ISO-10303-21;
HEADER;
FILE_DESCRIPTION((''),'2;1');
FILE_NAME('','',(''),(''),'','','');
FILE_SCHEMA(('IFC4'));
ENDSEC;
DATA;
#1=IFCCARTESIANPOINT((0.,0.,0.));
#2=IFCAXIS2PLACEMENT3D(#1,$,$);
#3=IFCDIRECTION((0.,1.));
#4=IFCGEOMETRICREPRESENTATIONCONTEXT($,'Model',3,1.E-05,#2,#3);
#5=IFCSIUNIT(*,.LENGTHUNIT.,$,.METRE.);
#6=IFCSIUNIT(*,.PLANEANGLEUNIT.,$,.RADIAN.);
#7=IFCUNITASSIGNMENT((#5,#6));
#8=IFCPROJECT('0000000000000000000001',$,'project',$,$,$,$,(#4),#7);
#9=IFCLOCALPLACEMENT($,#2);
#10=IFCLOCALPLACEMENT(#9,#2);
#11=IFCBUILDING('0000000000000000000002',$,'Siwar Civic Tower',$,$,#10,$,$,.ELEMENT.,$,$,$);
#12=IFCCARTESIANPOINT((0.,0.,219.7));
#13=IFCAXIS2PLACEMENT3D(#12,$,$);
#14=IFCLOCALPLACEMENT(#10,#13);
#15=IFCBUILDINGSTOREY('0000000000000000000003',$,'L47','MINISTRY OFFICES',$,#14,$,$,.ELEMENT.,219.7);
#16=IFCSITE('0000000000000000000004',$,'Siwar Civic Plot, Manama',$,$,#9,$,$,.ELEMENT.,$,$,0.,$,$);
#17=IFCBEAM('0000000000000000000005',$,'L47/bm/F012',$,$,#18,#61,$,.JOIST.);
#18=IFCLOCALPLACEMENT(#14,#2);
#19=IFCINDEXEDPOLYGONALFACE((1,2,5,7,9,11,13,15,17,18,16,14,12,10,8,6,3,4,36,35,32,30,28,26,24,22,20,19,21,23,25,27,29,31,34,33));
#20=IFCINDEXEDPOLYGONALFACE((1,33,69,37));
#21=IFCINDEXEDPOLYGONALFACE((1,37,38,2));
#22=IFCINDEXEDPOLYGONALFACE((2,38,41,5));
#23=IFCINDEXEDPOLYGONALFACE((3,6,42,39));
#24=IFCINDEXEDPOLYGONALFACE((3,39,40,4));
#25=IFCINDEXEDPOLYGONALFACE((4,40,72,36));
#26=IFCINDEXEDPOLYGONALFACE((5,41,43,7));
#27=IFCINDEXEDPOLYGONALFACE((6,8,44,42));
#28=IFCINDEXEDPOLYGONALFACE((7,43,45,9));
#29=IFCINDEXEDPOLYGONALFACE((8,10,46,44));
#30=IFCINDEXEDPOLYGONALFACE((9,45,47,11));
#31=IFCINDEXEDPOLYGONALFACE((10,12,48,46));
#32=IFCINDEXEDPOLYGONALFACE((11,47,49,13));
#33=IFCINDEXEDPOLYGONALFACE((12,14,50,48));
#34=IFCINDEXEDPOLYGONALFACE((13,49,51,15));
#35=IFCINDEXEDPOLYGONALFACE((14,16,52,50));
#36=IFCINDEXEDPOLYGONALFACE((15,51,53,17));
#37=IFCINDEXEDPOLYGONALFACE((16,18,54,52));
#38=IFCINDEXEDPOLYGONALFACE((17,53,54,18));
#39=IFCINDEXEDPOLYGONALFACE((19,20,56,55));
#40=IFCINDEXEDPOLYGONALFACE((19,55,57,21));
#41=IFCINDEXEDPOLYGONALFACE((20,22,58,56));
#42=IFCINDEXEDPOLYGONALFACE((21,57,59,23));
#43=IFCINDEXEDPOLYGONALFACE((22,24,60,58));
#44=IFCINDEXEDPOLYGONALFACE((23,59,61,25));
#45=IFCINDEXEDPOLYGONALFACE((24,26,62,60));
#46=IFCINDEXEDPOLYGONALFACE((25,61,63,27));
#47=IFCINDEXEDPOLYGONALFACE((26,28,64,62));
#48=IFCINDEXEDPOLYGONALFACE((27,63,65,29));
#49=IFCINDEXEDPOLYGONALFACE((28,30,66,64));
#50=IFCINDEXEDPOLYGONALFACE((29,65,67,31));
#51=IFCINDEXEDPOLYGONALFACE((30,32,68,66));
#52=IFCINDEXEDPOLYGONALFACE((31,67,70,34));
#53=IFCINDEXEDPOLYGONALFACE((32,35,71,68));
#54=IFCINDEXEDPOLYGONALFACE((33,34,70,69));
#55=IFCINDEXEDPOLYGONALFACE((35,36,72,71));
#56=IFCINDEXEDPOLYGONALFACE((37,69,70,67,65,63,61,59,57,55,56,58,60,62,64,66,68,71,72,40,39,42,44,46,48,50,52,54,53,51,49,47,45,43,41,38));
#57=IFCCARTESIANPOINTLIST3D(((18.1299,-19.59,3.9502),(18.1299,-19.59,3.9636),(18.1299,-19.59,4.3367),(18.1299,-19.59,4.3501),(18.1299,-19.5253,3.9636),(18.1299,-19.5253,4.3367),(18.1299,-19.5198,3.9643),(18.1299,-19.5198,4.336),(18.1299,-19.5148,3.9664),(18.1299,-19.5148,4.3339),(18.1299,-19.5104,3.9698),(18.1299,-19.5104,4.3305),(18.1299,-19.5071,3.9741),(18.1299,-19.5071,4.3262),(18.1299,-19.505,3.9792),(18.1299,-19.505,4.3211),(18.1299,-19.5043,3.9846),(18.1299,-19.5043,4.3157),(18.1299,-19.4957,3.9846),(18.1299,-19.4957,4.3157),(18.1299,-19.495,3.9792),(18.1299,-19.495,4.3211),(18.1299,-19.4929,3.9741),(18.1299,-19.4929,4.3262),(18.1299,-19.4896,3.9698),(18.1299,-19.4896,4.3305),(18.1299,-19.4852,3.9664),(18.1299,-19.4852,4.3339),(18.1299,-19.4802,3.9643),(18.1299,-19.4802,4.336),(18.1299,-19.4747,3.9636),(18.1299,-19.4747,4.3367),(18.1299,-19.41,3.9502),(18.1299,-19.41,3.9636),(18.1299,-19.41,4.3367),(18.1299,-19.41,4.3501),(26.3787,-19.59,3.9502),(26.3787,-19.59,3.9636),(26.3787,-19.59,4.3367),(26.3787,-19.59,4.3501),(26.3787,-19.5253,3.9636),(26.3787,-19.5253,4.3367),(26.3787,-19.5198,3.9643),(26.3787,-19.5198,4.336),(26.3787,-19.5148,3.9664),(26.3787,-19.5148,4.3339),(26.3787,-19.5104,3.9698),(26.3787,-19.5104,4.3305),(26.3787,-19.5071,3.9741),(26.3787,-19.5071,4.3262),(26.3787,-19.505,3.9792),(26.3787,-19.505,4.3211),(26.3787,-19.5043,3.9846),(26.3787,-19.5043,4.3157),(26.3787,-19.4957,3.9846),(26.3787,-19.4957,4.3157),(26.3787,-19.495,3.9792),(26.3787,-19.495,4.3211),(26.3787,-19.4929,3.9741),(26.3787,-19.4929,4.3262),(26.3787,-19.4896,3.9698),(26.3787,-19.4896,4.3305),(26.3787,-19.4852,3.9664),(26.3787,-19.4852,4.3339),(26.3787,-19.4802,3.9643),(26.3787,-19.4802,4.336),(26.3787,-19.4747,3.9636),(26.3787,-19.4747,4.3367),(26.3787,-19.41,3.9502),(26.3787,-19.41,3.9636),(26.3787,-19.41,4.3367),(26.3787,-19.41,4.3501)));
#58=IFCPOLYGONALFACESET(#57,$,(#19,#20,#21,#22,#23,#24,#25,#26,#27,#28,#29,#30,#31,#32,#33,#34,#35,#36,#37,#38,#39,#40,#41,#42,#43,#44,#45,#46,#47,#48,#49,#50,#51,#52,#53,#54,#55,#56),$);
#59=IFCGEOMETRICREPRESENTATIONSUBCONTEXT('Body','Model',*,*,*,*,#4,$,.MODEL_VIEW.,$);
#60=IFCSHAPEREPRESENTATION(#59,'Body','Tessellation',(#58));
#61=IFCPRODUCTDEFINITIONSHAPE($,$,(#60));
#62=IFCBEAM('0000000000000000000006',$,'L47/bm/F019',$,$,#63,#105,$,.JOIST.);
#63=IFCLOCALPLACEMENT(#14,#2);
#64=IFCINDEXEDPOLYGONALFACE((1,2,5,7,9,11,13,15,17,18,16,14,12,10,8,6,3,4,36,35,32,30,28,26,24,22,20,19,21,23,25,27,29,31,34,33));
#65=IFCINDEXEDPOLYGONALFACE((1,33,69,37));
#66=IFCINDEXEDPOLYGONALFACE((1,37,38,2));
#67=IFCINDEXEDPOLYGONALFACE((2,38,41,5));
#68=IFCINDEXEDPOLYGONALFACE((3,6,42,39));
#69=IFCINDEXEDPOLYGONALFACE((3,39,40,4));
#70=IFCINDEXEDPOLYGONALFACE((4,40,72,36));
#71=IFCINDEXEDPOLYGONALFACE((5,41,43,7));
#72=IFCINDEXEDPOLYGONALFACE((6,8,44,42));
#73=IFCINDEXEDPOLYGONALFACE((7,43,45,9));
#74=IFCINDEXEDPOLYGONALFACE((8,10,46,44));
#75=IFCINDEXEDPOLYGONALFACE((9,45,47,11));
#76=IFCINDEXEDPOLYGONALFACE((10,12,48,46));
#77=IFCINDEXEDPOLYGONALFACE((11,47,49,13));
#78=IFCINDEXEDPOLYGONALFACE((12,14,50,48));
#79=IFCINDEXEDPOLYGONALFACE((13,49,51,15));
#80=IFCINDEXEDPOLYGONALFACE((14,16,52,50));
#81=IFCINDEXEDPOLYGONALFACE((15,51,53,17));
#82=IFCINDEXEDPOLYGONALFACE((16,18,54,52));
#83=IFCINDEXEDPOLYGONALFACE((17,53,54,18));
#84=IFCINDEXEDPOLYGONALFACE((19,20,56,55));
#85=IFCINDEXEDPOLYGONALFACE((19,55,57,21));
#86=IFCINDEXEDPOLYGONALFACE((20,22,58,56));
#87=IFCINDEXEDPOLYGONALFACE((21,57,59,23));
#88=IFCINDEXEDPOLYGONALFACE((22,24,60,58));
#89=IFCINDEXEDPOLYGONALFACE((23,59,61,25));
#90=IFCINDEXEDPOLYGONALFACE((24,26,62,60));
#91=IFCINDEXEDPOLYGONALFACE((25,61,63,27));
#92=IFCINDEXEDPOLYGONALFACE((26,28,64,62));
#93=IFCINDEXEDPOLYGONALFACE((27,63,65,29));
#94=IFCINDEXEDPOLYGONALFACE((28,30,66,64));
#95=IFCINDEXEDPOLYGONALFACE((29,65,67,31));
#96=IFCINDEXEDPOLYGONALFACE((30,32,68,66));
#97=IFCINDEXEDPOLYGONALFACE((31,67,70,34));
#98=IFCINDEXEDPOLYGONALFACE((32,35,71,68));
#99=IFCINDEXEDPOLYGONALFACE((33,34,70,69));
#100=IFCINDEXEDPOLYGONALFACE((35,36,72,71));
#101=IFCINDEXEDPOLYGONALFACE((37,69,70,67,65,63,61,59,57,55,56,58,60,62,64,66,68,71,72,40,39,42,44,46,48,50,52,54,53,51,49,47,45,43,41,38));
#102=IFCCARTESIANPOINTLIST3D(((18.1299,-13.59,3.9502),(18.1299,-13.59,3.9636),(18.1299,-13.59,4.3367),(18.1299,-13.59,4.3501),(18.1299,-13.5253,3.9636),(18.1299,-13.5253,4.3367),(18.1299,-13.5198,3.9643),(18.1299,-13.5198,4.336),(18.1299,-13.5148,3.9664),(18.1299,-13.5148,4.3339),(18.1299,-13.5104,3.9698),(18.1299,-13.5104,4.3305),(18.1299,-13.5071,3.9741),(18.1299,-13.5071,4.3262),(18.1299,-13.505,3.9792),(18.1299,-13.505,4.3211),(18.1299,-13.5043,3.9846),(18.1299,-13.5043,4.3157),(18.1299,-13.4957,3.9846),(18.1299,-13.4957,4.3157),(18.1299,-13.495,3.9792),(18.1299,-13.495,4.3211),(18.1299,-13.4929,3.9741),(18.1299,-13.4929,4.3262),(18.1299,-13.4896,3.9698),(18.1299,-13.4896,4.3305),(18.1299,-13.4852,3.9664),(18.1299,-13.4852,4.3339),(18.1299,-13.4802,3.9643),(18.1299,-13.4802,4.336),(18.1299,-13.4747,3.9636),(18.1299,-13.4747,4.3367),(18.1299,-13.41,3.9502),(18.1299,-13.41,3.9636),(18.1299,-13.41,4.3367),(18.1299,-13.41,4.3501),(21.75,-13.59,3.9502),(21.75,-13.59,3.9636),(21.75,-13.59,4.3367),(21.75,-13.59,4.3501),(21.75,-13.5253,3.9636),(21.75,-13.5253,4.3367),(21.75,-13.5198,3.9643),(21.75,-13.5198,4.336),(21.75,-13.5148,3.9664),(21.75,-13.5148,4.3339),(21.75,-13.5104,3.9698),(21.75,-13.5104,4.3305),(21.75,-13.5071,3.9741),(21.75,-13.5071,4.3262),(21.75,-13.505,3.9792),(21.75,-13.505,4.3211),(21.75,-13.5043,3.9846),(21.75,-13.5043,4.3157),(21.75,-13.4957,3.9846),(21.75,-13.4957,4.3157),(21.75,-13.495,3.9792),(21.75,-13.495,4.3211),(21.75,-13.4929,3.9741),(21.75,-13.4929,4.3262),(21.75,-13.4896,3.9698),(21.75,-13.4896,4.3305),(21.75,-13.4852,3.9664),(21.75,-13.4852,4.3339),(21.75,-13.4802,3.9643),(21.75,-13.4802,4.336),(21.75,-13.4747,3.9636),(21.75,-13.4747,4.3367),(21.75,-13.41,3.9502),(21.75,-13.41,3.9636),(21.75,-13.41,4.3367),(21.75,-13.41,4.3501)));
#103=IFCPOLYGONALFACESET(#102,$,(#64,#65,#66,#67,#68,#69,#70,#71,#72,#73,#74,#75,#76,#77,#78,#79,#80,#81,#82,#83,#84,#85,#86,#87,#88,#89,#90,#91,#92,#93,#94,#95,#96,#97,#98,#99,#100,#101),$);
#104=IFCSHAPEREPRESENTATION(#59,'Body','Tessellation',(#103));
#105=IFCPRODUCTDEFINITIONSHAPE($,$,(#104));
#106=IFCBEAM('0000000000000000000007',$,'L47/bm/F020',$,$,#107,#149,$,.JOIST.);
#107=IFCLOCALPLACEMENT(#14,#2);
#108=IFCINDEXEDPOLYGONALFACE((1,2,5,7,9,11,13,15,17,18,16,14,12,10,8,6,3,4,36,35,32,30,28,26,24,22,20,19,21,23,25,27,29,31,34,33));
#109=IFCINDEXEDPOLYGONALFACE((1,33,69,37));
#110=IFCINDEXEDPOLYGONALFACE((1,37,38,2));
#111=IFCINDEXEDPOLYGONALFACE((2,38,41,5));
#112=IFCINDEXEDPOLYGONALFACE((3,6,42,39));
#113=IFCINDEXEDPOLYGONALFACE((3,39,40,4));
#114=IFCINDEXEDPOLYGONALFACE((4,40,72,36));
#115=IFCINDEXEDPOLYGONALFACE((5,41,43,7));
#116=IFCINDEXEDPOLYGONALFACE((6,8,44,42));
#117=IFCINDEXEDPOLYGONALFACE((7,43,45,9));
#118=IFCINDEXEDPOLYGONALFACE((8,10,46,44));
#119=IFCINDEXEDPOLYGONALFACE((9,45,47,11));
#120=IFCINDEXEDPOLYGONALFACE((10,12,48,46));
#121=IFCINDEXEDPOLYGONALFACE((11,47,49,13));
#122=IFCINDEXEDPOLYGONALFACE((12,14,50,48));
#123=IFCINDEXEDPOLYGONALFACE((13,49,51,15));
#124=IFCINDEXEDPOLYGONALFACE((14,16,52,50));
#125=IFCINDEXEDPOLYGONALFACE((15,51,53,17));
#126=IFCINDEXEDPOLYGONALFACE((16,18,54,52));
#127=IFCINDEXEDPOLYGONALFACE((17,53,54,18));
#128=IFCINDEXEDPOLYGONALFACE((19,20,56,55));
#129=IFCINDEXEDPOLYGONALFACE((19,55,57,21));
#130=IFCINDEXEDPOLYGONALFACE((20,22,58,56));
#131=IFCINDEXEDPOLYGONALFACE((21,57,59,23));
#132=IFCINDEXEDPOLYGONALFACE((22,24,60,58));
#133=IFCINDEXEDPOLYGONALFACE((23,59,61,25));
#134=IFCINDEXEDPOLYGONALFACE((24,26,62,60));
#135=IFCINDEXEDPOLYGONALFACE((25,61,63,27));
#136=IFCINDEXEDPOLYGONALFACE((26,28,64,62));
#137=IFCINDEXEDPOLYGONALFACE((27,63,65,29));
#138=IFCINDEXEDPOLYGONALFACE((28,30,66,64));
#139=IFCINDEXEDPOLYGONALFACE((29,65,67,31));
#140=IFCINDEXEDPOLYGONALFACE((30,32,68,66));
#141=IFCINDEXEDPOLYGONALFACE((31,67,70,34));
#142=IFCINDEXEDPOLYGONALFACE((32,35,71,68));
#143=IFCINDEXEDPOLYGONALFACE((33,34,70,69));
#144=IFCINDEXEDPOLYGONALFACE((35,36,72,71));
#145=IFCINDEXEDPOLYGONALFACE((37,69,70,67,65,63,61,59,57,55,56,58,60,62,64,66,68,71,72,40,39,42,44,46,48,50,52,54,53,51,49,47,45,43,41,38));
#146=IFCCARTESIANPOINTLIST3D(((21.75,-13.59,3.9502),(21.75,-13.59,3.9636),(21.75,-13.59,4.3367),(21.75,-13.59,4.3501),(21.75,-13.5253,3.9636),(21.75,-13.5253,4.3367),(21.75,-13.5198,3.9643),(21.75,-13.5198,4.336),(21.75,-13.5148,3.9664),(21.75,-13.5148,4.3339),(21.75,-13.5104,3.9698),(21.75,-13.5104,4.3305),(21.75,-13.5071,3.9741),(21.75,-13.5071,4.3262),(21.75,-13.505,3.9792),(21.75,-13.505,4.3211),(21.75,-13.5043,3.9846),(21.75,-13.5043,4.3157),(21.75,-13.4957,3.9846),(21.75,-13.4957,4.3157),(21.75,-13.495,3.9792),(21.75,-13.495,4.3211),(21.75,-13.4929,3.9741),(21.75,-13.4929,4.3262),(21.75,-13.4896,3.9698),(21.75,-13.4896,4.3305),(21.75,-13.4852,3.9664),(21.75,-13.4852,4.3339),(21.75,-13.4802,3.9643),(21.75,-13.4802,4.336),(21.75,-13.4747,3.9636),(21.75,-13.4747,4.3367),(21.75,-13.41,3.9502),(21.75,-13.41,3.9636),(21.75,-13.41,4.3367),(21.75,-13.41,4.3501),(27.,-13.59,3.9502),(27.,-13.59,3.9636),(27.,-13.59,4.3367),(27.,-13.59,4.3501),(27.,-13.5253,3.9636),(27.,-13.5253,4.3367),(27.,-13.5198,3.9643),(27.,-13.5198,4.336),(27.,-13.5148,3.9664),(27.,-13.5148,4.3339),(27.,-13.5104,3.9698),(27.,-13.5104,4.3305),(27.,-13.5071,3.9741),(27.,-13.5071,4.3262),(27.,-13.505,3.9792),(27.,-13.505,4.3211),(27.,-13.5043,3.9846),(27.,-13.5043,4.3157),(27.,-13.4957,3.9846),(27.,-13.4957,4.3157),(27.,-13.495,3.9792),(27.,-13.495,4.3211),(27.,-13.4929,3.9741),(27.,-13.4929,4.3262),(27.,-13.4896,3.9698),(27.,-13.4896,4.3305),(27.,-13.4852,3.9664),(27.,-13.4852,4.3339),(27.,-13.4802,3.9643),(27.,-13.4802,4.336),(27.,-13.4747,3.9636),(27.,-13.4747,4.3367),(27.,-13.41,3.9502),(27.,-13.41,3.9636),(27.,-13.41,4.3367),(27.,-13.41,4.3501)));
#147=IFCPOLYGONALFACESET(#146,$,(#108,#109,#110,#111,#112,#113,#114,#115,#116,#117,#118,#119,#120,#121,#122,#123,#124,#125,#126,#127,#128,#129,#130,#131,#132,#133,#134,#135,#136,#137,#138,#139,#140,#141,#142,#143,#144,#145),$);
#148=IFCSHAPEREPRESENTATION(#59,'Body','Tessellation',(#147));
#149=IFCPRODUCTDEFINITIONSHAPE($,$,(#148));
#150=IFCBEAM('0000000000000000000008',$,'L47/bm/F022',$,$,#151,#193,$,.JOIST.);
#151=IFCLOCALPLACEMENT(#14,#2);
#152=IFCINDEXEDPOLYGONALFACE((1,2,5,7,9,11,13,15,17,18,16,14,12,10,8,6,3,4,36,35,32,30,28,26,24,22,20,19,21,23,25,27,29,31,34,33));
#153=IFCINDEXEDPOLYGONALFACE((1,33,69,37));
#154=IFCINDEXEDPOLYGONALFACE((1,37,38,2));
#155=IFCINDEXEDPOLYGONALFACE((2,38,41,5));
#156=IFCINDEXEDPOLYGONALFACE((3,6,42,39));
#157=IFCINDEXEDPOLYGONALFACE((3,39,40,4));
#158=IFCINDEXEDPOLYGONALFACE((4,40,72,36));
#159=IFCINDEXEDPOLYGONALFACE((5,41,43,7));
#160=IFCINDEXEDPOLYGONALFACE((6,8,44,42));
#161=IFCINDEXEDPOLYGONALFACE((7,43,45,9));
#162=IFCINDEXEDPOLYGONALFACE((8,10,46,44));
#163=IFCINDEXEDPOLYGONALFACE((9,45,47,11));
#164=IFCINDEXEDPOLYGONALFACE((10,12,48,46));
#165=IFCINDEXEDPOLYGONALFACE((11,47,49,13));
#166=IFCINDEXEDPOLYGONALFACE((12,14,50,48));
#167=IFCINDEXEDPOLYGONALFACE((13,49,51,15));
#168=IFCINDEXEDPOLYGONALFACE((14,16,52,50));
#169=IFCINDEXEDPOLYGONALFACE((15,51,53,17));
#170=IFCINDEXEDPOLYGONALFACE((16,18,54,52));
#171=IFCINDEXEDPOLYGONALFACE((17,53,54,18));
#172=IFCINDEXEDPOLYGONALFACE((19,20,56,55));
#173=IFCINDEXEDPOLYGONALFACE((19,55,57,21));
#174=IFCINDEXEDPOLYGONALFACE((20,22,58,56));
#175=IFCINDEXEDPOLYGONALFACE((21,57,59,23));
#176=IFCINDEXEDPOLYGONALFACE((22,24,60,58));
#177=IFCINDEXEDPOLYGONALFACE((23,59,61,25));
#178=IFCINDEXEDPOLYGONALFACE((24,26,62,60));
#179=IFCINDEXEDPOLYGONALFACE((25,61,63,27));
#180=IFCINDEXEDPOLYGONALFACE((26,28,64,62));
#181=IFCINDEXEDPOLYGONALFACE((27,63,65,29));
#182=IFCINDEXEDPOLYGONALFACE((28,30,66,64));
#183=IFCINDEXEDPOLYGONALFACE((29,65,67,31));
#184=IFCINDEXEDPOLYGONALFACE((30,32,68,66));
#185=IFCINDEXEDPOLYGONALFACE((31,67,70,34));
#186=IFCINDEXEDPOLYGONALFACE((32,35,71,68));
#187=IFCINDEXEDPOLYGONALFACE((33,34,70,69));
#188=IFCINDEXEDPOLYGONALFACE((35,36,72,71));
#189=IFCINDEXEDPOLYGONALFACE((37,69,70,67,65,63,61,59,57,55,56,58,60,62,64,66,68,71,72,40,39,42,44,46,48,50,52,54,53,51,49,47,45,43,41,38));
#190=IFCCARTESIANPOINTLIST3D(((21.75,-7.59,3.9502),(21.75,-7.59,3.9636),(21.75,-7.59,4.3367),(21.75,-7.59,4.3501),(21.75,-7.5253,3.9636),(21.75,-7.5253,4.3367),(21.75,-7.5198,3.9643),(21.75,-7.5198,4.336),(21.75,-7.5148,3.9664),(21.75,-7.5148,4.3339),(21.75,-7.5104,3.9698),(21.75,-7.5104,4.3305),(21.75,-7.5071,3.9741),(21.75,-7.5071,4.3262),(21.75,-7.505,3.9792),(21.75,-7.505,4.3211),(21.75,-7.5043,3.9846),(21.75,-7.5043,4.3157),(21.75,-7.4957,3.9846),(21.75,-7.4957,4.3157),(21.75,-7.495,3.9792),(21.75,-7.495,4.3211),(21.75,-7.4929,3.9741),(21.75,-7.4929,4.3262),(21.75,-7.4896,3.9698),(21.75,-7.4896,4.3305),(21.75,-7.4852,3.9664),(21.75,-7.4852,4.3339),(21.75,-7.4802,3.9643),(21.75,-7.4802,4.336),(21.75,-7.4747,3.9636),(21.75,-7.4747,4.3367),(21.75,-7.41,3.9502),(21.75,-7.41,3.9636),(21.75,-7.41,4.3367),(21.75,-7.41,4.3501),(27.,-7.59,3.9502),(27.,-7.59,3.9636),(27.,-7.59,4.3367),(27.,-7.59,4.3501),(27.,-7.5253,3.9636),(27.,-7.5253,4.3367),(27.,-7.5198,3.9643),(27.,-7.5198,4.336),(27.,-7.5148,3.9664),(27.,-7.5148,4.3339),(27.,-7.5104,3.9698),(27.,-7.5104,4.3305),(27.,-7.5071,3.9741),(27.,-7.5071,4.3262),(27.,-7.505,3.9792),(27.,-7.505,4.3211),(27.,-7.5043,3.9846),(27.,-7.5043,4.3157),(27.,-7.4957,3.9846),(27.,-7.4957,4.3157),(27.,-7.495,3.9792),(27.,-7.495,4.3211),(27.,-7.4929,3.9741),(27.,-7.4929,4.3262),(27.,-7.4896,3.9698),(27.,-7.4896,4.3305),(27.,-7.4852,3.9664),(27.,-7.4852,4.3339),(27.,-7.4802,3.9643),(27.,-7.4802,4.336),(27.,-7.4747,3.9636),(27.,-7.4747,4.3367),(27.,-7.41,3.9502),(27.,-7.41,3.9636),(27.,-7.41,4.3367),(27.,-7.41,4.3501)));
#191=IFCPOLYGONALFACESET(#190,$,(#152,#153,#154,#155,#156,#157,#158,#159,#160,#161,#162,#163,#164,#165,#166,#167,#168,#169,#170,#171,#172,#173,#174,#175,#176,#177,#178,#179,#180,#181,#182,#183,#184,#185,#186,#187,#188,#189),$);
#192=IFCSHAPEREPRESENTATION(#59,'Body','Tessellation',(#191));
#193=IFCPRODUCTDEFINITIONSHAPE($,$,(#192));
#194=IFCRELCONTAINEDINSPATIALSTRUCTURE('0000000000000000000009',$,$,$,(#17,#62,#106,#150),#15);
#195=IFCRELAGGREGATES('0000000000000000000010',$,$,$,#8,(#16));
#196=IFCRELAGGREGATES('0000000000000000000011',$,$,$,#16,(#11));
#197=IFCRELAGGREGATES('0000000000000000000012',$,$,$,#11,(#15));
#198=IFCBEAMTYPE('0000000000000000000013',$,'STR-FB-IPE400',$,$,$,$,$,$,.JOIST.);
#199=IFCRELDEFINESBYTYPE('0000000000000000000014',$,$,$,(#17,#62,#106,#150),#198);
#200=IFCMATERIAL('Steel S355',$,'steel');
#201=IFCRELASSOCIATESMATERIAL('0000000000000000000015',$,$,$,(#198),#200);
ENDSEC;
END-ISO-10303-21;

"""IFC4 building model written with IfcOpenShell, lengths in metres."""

from ifc_helpers import new_model, si_unit, direction, frame, origin, origin_2d, place, context, subcontext, project, spatial, i_section, extrude, material, material_profile, profile_set, type_object, element, save


model = new_model("IFC4")

# Units and contexts
model_context = context("Model", 3, precision=1e-05, world=origin(), true_north=direction((0.0, 1.0)))
body_context = subcontext(model_context, "Body", "Model", "MODEL_VIEW")
ifc_project = project(units=[si_unit("LENGTHUNIT", "METRE"), si_unit("PLANEANGLEUNIT", "RADIAN")], contexts=[model_context])

# Site, building, storey
site_placement = place(None, origin())
site = spatial("IfcSite", under=ifc_project, at=site_placement, Name="Siwar Civic Plot, Manama", CompositionType="ELEMENT", RefElevation=0.0)
building_placement = place(site_placement, origin())
building = spatial("IfcBuilding", under=site, at=building_placement, Name="Siwar Civic Tower", CompositionType="ELEMENT")
storey_placement = place(building_placement, frame((0.0, 0.0, 219.7)))
storey = spatial("IfcBuildingStorey", under=building, at=storey_placement, Name="L47", Description="MINISTRY OFFICES", CompositionType="ELEMENT", Elevation=219.7)

# Beams
ifc_material_1 = material(Name="Steel S355", Category="steel")
ifc_material_profile_1 = material_profile(ifc_material_1, i_section(OverallWidth=0.1799, OverallDepth=0.3999, WebThickness=0.0085, FlangeThickness=0.0134, FilletRadius=0.021, at=origin_2d()), Name="IPE400")
ifc_profile_set_1 = profile_set([ifc_material_profile_1], Name="Steel S355")
beam_type_1 = type_object("IfcBeamType", Name="STR-FB-IPE400", PredefinedType="JOIST", material=ifc_profile_set_1)
beam_1_placement = place(storey_placement, frame((18.1299, -19.5, 4.1501), z_axis=(1.0, 0.0, 0.0), x_axis=(0.0, 1.0, 0.0)))
element("IfcBeam", 1, at=beam_1_placement, inside=storey, type_object=beam_type_1, Name="L47/bm/F012", PredefinedType="JOIST", context=body_context, shape_type="SweptSolid", body=[
    extrude(i_section(OverallWidth=0.1799, OverallDepth=0.3999, WebThickness=0.0085, FlangeThickness=0.0134, FilletRadius=0.021, at=origin_2d()), origin(), (0.0, 0.0, 1.0), 8.2488),
])
beam_2_placement = place(storey_placement, frame((18.1299, -13.5, 4.1501), z_axis=(1.0, 0.0, 0.0), x_axis=(0.0, 1.0, 0.0)))
element("IfcBeam", 2, at=beam_2_placement, inside=storey, type_object=beam_type_1, Name="L47/bm/F019", PredefinedType="JOIST", context=body_context, shape_type="SweptSolid", body=[
    extrude(i_section(OverallWidth=0.1799, OverallDepth=0.3999, WebThickness=0.0085, FlangeThickness=0.0134, FilletRadius=0.021, at=origin_2d()), origin(), (0.0, 0.0, 1.0), 3.6201),
])
for number, where, z_axis, x_axis, name in (
    (3, (21.75, -13.5, 4.1501), (1.0, 0.0, 0.0), (0.0, 1.0, 0.0), "L47/bm/F020"),
    (4, (21.75, -7.5, 4.1501), (1.0, 0.0, 0.0), (0.0, 1.0, 0.0), "L47/bm/F022"),
):
    element("IfcBeam", number, at=place(storey_placement, frame(where, z_axis=z_axis, x_axis=x_axis)), inside=storey, type_object=beam_type_1, Name=name, PredefinedType="JOIST", context=body_context, shape_type="SweptSolid", body=[
        extrude(i_section(OverallWidth=0.1799, OverallDepth=0.3999, WebThickness=0.0085, FlangeThickness=0.0134, FilletRadius=0.021, at=origin_2d()), origin(), (0.0, 0.0, 1.0), 5.25),
    ])

save(model, "model.ifc")
